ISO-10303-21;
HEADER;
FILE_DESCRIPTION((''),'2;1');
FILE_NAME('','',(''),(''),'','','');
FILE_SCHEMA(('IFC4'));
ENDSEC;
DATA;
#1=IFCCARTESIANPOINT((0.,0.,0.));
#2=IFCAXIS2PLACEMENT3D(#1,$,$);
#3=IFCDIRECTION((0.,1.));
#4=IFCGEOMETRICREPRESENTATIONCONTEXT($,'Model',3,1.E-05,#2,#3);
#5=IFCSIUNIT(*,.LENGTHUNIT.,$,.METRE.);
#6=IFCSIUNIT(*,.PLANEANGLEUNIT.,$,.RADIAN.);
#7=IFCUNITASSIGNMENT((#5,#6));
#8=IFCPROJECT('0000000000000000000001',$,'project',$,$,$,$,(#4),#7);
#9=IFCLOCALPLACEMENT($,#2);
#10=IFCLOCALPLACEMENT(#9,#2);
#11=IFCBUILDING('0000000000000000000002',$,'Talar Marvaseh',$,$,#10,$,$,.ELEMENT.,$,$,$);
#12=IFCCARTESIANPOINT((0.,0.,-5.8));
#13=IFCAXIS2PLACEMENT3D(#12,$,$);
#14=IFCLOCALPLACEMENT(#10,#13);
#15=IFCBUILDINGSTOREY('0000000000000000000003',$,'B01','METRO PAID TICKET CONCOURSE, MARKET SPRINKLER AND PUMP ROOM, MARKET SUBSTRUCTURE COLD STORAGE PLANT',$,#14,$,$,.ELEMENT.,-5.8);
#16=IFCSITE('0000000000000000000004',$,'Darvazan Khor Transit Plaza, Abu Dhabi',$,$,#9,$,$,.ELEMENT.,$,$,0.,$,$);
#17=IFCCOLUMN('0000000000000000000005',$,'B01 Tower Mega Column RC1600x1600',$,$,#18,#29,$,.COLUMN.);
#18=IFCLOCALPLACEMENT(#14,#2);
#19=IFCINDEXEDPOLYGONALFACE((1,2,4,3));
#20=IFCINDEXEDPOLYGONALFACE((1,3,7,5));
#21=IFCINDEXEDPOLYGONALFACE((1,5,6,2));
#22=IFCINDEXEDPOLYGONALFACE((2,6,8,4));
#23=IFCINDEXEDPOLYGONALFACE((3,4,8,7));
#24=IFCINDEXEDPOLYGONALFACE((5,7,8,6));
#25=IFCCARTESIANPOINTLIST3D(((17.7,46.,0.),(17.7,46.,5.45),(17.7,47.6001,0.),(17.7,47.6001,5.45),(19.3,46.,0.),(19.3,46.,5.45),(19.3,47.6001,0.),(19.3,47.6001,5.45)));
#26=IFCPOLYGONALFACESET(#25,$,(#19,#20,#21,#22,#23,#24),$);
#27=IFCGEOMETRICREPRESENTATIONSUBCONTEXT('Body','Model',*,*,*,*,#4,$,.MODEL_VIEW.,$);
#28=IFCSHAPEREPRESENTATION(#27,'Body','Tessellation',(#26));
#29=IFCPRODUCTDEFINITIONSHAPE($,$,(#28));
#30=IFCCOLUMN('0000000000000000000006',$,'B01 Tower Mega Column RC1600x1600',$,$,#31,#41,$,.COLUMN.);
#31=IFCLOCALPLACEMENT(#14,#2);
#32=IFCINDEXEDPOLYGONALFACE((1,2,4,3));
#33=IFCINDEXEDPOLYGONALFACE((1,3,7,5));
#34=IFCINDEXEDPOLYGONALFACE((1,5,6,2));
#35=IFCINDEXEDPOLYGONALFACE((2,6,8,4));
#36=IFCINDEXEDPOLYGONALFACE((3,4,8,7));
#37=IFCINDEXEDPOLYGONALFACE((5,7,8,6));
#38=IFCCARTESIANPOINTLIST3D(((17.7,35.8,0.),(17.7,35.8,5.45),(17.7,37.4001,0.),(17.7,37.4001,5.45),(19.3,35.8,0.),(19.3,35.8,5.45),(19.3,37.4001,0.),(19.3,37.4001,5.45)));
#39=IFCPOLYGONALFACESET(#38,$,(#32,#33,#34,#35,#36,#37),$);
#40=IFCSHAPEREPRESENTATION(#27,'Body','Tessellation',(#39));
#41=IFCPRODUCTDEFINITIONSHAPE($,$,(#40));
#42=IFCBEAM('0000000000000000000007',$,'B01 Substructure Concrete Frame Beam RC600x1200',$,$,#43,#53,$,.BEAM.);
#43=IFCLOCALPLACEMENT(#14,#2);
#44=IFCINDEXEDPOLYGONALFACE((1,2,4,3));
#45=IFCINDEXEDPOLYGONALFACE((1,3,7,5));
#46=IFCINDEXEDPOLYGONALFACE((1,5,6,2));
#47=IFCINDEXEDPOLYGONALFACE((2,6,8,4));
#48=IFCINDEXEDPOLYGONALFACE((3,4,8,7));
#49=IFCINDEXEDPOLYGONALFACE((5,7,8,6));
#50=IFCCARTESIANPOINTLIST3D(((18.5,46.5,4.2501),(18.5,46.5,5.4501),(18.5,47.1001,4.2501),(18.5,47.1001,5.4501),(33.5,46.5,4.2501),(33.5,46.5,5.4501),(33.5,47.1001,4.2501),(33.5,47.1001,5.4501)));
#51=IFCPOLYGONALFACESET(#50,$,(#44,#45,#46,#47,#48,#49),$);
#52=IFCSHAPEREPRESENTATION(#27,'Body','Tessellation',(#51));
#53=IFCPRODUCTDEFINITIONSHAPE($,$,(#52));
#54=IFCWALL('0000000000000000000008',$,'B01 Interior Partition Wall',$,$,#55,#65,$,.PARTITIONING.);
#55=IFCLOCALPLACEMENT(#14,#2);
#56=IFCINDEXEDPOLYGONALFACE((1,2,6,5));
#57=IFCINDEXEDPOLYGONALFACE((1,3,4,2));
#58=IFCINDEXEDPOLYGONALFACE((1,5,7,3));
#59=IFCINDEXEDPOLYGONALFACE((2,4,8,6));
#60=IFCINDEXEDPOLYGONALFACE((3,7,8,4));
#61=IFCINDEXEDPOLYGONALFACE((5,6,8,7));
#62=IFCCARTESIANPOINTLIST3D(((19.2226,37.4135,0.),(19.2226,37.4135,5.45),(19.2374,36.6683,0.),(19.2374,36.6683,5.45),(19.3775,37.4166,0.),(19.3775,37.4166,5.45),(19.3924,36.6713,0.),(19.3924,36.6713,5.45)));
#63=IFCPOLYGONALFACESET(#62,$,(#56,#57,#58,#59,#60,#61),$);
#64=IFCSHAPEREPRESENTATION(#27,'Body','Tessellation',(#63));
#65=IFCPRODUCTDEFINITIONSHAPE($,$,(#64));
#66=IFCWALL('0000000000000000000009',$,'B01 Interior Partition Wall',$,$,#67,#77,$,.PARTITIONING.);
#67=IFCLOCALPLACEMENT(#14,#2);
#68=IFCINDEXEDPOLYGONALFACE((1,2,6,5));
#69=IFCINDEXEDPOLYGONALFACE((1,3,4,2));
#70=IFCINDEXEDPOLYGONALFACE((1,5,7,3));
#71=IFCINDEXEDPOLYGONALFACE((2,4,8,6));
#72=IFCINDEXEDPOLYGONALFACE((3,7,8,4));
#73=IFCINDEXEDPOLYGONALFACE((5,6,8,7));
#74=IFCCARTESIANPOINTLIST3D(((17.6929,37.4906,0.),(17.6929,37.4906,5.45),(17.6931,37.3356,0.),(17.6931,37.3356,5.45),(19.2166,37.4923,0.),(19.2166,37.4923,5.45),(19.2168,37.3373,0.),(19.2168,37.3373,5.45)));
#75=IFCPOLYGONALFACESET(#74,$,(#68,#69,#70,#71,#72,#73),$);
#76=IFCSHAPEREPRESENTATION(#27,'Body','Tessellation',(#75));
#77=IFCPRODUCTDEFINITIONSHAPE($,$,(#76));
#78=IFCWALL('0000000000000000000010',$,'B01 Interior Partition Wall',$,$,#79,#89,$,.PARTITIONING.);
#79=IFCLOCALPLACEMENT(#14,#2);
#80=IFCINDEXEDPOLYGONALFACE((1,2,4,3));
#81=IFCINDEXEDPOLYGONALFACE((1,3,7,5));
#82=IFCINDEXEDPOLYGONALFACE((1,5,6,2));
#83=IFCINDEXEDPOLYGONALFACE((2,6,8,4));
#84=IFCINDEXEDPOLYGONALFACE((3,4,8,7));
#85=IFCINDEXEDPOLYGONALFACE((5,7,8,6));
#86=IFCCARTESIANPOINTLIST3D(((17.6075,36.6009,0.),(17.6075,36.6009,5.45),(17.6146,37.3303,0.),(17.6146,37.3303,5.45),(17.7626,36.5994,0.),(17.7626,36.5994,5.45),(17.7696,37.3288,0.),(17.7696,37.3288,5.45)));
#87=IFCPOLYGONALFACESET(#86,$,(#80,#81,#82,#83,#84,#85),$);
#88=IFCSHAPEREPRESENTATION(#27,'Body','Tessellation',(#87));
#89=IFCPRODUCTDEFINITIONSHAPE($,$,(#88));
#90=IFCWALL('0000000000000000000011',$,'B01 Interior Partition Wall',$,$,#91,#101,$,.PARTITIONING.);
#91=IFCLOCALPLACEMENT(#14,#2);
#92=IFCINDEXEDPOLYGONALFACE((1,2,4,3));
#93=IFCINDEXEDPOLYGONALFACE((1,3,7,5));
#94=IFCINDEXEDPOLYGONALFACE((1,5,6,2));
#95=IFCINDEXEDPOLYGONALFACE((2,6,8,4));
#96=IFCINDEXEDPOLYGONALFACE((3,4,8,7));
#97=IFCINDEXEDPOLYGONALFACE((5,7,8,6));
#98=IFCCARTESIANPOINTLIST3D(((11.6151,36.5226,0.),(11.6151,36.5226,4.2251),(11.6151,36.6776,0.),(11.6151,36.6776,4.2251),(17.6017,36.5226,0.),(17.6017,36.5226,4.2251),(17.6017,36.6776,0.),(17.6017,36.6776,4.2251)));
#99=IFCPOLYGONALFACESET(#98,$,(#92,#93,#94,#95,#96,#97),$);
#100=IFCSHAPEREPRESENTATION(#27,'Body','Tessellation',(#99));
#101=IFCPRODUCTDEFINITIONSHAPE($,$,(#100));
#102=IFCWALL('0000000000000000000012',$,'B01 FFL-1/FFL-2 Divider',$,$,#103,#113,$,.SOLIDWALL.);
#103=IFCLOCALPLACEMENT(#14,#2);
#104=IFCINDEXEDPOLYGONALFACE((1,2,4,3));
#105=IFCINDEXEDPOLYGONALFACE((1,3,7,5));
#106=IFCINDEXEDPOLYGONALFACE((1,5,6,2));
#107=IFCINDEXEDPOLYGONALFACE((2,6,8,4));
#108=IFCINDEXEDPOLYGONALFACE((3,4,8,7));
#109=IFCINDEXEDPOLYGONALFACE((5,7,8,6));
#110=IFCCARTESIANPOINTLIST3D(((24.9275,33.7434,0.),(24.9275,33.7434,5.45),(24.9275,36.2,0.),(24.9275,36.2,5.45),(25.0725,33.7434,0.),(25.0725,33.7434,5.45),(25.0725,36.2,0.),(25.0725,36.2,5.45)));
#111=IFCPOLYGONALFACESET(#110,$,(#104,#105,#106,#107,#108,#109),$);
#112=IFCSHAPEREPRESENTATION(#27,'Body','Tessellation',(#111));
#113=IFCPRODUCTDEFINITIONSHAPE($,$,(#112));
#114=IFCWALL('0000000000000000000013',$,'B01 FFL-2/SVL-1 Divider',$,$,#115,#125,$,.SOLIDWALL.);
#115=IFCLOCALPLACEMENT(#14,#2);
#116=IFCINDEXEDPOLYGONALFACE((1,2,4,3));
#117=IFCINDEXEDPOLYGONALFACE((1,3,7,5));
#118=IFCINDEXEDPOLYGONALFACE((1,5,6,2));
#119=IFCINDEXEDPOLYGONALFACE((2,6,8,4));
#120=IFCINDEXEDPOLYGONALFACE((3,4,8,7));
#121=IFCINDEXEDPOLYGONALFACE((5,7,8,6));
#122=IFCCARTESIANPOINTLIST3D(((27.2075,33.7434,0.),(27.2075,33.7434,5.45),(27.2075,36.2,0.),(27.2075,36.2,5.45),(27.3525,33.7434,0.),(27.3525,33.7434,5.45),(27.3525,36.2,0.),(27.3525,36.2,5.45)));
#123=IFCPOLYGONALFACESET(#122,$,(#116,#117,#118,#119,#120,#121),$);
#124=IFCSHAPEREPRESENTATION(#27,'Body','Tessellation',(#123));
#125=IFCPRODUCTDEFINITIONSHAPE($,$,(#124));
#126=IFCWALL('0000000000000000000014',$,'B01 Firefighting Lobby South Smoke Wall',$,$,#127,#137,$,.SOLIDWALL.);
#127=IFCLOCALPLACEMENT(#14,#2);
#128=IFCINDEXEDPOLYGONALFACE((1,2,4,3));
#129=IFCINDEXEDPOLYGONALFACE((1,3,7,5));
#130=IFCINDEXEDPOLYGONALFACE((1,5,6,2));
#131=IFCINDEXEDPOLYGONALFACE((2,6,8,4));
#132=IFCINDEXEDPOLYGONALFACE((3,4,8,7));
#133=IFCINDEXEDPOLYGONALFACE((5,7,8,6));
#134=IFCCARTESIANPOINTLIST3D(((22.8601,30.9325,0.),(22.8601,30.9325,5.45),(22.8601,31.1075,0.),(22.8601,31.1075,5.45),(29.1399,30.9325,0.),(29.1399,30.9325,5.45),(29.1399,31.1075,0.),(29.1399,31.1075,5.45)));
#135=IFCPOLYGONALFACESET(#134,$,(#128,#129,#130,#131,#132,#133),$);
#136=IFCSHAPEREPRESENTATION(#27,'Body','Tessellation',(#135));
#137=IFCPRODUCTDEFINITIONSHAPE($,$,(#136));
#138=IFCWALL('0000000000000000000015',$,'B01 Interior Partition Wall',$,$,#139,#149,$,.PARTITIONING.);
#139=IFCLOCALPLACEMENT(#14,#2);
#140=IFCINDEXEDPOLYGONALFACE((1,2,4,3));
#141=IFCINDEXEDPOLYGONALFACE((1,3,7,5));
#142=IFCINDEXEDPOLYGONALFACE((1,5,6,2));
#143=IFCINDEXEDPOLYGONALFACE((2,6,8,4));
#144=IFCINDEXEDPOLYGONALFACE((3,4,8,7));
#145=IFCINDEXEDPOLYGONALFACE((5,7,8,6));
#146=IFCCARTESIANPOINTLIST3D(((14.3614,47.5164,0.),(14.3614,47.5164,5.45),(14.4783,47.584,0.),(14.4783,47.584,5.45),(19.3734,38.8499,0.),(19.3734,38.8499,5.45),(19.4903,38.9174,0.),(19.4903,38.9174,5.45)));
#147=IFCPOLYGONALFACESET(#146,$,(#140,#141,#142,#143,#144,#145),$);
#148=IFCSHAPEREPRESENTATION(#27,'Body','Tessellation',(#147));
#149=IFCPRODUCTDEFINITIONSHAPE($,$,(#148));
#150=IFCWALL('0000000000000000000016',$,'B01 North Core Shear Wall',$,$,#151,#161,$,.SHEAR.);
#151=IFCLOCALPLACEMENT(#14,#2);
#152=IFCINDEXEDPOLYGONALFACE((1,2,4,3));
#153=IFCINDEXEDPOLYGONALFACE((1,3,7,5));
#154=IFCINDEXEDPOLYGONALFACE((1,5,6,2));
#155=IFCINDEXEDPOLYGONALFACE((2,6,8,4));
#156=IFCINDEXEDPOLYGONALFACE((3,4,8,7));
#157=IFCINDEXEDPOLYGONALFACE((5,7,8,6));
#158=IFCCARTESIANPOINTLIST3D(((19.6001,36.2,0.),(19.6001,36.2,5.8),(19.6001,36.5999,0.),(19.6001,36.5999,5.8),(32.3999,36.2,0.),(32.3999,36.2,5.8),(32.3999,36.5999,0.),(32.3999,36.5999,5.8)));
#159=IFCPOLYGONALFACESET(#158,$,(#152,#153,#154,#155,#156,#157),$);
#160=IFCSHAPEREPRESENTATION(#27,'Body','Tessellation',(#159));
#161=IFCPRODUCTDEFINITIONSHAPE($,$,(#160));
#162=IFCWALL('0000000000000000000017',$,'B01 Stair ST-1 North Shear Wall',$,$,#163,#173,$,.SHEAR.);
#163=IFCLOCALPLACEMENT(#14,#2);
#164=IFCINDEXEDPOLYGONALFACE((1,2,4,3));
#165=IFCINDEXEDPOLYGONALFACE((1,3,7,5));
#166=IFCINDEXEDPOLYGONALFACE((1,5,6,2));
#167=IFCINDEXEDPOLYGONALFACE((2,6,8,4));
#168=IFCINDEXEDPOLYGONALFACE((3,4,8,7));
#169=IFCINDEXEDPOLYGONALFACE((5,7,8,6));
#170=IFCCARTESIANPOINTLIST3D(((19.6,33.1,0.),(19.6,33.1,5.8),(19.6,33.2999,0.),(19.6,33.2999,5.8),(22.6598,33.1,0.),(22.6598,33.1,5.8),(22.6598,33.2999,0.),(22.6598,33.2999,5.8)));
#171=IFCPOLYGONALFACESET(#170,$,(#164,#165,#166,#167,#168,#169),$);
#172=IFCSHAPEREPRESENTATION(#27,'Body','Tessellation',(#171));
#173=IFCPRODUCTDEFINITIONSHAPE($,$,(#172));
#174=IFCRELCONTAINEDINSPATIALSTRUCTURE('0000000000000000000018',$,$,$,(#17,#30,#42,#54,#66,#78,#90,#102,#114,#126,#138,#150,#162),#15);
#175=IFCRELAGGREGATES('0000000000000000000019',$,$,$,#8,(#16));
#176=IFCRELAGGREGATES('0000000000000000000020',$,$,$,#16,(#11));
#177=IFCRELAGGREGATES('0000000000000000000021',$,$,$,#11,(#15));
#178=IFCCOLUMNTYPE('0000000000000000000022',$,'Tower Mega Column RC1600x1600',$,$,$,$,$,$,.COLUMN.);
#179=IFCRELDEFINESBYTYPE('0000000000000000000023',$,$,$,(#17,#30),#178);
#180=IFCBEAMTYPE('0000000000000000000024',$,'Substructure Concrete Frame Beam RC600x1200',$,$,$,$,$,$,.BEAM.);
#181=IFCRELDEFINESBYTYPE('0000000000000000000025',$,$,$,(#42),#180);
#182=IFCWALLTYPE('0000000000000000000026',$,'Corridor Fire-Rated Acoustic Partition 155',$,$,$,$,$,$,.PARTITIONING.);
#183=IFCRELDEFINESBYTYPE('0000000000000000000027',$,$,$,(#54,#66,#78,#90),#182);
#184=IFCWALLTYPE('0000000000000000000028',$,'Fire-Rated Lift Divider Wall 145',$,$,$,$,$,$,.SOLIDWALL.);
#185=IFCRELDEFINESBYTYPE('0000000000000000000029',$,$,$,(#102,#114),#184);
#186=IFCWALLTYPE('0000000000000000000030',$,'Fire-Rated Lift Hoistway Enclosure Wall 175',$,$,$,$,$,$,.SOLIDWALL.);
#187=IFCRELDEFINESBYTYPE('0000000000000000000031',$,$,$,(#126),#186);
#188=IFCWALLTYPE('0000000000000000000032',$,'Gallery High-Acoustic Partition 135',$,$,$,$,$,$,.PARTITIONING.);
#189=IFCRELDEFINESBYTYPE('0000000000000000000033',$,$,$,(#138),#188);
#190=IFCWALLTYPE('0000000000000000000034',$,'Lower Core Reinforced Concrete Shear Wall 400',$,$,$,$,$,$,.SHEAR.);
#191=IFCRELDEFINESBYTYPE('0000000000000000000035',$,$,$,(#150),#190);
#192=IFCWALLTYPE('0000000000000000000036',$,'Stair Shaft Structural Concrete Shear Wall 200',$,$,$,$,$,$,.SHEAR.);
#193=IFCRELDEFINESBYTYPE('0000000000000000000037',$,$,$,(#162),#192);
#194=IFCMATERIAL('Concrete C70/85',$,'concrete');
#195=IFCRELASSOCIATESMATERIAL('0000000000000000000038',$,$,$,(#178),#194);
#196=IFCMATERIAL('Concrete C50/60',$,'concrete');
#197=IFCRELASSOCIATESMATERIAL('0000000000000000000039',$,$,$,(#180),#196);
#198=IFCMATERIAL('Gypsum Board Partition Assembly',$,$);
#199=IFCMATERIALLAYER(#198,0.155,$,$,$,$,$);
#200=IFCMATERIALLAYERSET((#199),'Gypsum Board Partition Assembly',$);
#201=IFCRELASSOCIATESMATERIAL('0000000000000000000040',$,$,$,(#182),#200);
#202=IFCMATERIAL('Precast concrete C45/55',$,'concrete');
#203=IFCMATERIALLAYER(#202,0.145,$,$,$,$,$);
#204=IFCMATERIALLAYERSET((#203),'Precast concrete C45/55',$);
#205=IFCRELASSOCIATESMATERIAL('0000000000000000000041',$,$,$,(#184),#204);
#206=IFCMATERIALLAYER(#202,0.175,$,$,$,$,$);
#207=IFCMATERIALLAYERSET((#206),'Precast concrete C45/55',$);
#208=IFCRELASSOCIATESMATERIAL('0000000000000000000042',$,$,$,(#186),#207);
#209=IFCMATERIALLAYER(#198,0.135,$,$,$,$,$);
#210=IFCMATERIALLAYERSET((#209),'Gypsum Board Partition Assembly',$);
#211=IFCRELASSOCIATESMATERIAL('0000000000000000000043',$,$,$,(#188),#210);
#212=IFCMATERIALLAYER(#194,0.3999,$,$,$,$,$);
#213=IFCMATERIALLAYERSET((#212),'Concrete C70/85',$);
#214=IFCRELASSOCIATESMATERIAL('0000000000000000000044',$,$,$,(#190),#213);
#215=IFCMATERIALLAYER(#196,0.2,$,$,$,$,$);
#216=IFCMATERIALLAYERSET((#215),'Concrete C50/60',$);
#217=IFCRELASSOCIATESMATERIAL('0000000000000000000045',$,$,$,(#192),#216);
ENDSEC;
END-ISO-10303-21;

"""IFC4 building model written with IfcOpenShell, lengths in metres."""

from ifc_helpers import new_model, si_unit, direction, frame, frame_2d, origin, origin_2d, place, context, subcontext, project, spatial, rectangle, extrude, material, layer, layer_set, material_profile, profile_set, type_object, element, save


model = new_model("IFC4")

# Units and contexts
model_context = context("Model", 3, precision=1e-05, world=origin(), true_north=direction((0.0, 1.0)))
body_context = subcontext(model_context, "Body", "Model", "MODEL_VIEW")
ifc_project = project(units=[si_unit("LENGTHUNIT", "METRE"), si_unit("PLANEANGLEUNIT", "RADIAN")], contexts=[model_context])

# Site, building, storey
site_placement = place(None, origin())
site = spatial("IfcSite", under=ifc_project, at=site_placement, Name="Darvazan Khor Transit Plaza, Abu Dhabi", CompositionType="ELEMENT", RefElevation=0.0)
building_placement = place(site_placement, origin())
building = spatial("IfcBuilding", under=site, at=building_placement, Name="Talar Marvaseh", CompositionType="ELEMENT")
storey_placement = place(building_placement, frame((0.0, 0.0, -5.8)))
storey = spatial("IfcBuildingStorey", under=building, at=storey_placement, Name="B01", Description="METRO PAID TICKET CONCOURSE, MARKET SPRINKLER AND PUMP ROOM, MARKET SUBSTRUCTURE COLD STORAGE PLANT", CompositionType="ELEMENT", Elevation=-5.8)

# Columns
ifc_material_1 = material(Name="Concrete C70/85", Category="concrete")
ifc_material_profile_1 = material_profile(ifc_material_1, rectangle(XDim=1.6001, YDim=1.6001, at=origin_2d()), Name="RC1600x1600")
ifc_profile_set_1 = profile_set([ifc_material_profile_1], Name="Concrete C70/85")
column_type = type_object("IfcColumnType", Name="Tower Mega Column RC1600x1600", PredefinedType="COLUMN", material=ifc_profile_set_1)
for number, where, z_axis, x_axis, name in (
    (1, (18.5, 46.8, 0.0), (0.0, 0.0, 1.0), (1.0, 0.0, 0.0), "B01 Tower Mega Column RC1600x1600"),
    (2, (18.5, 36.6001, 0.0), (0.0, 0.0, 1.0), (1.0, 0.0, 0.0), "B01 Tower Mega Column RC1600x1600"),
):
    element("IfcColumn", number, at=place(storey_placement, frame(where, z_axis=z_axis, x_axis=x_axis)), inside=storey, type_object=column_type, Name=name, PredefinedType="COLUMN", context=body_context, shape_type="SweptSolid", body=[
        extrude(rectangle(XDim=1.6001, YDim=1.6001, at=origin_2d()), origin(), (0.0, 0.0, 1.0), 5.45),
    ])

# Beam
ifc_material_2 = material(Name="Concrete C50/60", Category="concrete")
ifc_material_profile_2 = material_profile(ifc_material_2, rectangle(XDim=0.6001, YDim=1.2, at=origin_2d()), Name="RC600x1200")
ifc_profile_set_2 = profile_set([ifc_material_profile_2], Name="Concrete C50/60")
beam_type = type_object("IfcBeamType", Name="Substructure Concrete Frame Beam RC600x1200", PredefinedType="BEAM", material=ifc_profile_set_2)
beam_placement = place(storey_placement, frame((18.5, 46.8, 4.8501), z_axis=(1.0, 0.0, 0.0), x_axis=(0.0, 1.0, 0.0)))
element("IfcBeam", 3, at=beam_placement, inside=storey, type_object=beam_type, Name="B01 Substructure Concrete Frame Beam RC600x1200", PredefinedType="BEAM", context=body_context, shape_type="SweptSolid", body=[
    extrude(rectangle(XDim=0.6001, YDim=1.2, at=origin_2d()), origin(), (0.0, 0.0, 1.0), 15.0),
])

# Walls
ifc_material_3 = material(Name="Gypsum Board Partition Assembly")
ifc_layer_1 = layer(ifc_material_3, 0.155)
ifc_layer_set_1 = layer_set([ifc_layer_1], Name="Gypsum Board Partition Assembly")
wall_type_1 = type_object("IfcWallType", Name="Corridor Fire-Rated Acoustic Partition 155", PredefinedType="PARTITIONING", material=ifc_layer_set_1)
wall_1_placement = place(storey_placement, frame((19.3149, 36.6699, 0.0), z_axis=(0.0, 0.0, 1.0), x_axis=(-0.019983, 0.9998, 0.0)))
element("IfcWall", 4, at=wall_1_placement, inside=storey, type_object=wall_type_1, Name="B01 Interior Partition Wall", PredefinedType="PARTITIONING", context=body_context, shape_type="SweptSolid", body=[
    extrude(rectangle(XDim=0.7454, YDim=0.155, at=frame_2d((0.3726, 0.0))), origin(), (0.0, 0.0, 1.0), 5.45),
])
wall_2_placement = place(storey_placement, frame((19.2166, 37.4148, 0.0), z_axis=(0.0, 0.0, 1.0), x_axis=(-0.999999, -0.001122, 0.0)))
element("IfcWall", 5, at=wall_2_placement, inside=storey, type_object=wall_type_1, Name="B01 Interior Partition Wall", PredefinedType="PARTITIONING", context=body_context, shape_type="SweptSolid", body=[
    extrude(rectangle(XDim=1.5237, YDim=0.155, at=frame_2d((0.7617, 0.0))), origin(), (0.0, 0.0, 1.0), 5.45),
])
wall_3_placement = place(storey_placement, frame((17.6921, 37.3296, 0.0), z_axis=(0.0, 0.0, 1.0), x_axis=(-0.009705, -0.999953, 0.0)))
element("IfcWall", 6, at=wall_3_placement, inside=storey, type_object=wall_type_1, Name="B01 Interior Partition Wall", PredefinedType="PARTITIONING", context=body_context, shape_type="SweptSolid", body=[
    extrude(rectangle(XDim=0.7295, YDim=0.155, at=frame_2d((0.3647, 0.0))), origin(), (0.0, 0.0, 1.0), 5.45),
])
wall_4_placement = place(storey_placement, frame((17.6016, 36.6001, 0.0), z_axis=(0.0, 0.0, 1.0), x_axis=(-1.0, 0.0, 0.0)))
element("IfcWall", 7, at=wall_4_placement, inside=storey, type_object=wall_type_1, Name="B01 Interior Partition Wall", PredefinedType="PARTITIONING", context=body_context, shape_type="SweptSolid", body=[
    extrude(rectangle(XDim=5.9866, YDim=0.155, at=frame_2d((2.9932, 0.0))), origin(), (0.0, 0.0, 1.0), 4.2251),
])
ifc_material_4 = material(Name="Precast concrete C45/55", Category="concrete")
ifc_layer_2 = layer(ifc_material_4, 0.145)
ifc_layer_set_2 = layer_set([ifc_layer_2], Name="Precast concrete C45/55")
wall_type_2 = type_object("IfcWallType", Name="Fire-Rated Lift Divider Wall 145", PredefinedType="SOLIDWALL", material=ifc_layer_set_2)
for number, where, z_axis, x_axis, name in (
    (8, (25.0, 33.7434, 0.0), (0.0, 0.0, 1.0), (0.0, 1.0, 0.0), "B01 FFL-1/FFL-2 Divider"),
    (9, (27.28, 33.7434, 0.0), (0.0, 0.0, 1.0), (0.0, 1.0, 0.0), "B01 FFL-2/SVL-1 Divider"),
):
    element("IfcWall", number, at=place(storey_placement, frame(where, z_axis=z_axis, x_axis=x_axis)), inside=storey, type_object=wall_type_2, Name=name, PredefinedType="SOLIDWALL", context=body_context, shape_type="SweptSolid", body=[
        extrude(rectangle(XDim=2.4565, YDim=0.145, at=frame_2d((1.2283, 0.0))), origin(), (0.0, 0.0, 1.0), 5.45),
    ])

# Shared definitions
ifc_layer_3 = layer(ifc_material_4, 0.175)
ifc_layer_set_3 = layer_set([ifc_layer_3], Name="Precast concrete C45/55")
wall_type_3 = type_object("IfcWallType", Name="Fire-Rated Lift Hoistway Enclosure Wall 175", PredefinedType="SOLIDWALL", material=ifc_layer_set_3)

# Walls
wall_5_placement = place(storey_placement, frame((22.8601, 31.02, 0.0), z_axis=(0.0, 0.0, 1.0), x_axis=(1.0, 0.0, 0.0)))
element("IfcWall", 10, at=wall_5_placement, inside=storey, type_object=wall_type_3, Name="B01 Firefighting Lobby South Smoke Wall", PredefinedType="SOLIDWALL", context=body_context, shape_type="SweptSolid", body=[
    extrude(rectangle(XDim=6.2798, YDim=0.175, at=frame_2d((3.1399, 0.0))), origin(), (0.0, 0.0, 1.0), 5.45),
])
ifc_layer_4 = layer(ifc_material_3, 0.135)
ifc_layer_set_4 = layer_set([ifc_layer_4], Name="Gypsum Board Partition Assembly")
wall_type_4 = type_object("IfcWallType", Name="Gallery High-Acoustic Partition 135", PredefinedType="PARTITIONING", material=ifc_layer_set_4)
wall_6_placement = place(storey_placement, frame((19.4319, 38.8835, 0.0), z_axis=(0.0, 0.0, 1.0), x_axis=(-0.500626, 0.865664, 0.0)))
element("IfcWall", 11, at=wall_6_placement, inside=storey, type_object=wall_type_4, Name="B01 Interior Partition Wall", PredefinedType="PARTITIONING", context=body_context, shape_type="SweptSolid", body=[
    extrude(rectangle(XDim=10.0115, YDim=0.135, at=frame_2d((5.0059, 0.0))), origin(), (0.0, 0.0, 1.0), 5.45),
])
ifc_layer_5 = layer(ifc_material_1, 0.3999)
ifc_layer_set_5 = layer_set([ifc_layer_5], Name="Concrete C70/85")
wall_type_5 = type_object("IfcWallType", Name="Lower Core Reinforced Concrete Shear Wall 400", PredefinedType="SHEAR", material=ifc_layer_set_5)
wall_7_placement = place(storey_placement, frame((19.6001, 36.3999, 0.0), z_axis=(0.0, 0.0, 1.0), x_axis=(1.0, 0.0, 0.0)))
element("IfcWall", 12, at=wall_7_placement, inside=storey, type_object=wall_type_5, Name="B01 North Core Shear Wall", PredefinedType="SHEAR", context=body_context, shape_type="SweptSolid", body=[
    extrude(rectangle(XDim=12.7998, YDim=0.3999, at=frame_2d((6.3999, 0.0))), origin(), (0.0, 0.0, 1.0), 5.8),
])
ifc_layer_6 = layer(ifc_material_2, 0.2)
ifc_layer_set_6 = layer_set([ifc_layer_6], Name="Concrete C50/60")
wall_type_6 = type_object("IfcWallType", Name="Stair Shaft Structural Concrete Shear Wall 200", PredefinedType="SHEAR", material=ifc_layer_set_6)
wall_8_placement = place(storey_placement, frame((19.6001, 33.2, 0.0), z_axis=(0.0, 0.0, 1.0), x_axis=(1.0, 0.0, 0.0)))
element("IfcWall", 13, at=wall_8_placement, inside=storey, type_object=wall_type_6, Name="B01 Stair ST-1 North Shear Wall", PredefinedType="SHEAR", context=body_context, shape_type="SweptSolid", body=[
    extrude(rectangle(XDim=3.0598, YDim=0.2, at=frame_2d((1.5298, 0.0))), origin(), (0.0, 0.0, 1.0), 5.8),
])

save(model, "model.ifc")
